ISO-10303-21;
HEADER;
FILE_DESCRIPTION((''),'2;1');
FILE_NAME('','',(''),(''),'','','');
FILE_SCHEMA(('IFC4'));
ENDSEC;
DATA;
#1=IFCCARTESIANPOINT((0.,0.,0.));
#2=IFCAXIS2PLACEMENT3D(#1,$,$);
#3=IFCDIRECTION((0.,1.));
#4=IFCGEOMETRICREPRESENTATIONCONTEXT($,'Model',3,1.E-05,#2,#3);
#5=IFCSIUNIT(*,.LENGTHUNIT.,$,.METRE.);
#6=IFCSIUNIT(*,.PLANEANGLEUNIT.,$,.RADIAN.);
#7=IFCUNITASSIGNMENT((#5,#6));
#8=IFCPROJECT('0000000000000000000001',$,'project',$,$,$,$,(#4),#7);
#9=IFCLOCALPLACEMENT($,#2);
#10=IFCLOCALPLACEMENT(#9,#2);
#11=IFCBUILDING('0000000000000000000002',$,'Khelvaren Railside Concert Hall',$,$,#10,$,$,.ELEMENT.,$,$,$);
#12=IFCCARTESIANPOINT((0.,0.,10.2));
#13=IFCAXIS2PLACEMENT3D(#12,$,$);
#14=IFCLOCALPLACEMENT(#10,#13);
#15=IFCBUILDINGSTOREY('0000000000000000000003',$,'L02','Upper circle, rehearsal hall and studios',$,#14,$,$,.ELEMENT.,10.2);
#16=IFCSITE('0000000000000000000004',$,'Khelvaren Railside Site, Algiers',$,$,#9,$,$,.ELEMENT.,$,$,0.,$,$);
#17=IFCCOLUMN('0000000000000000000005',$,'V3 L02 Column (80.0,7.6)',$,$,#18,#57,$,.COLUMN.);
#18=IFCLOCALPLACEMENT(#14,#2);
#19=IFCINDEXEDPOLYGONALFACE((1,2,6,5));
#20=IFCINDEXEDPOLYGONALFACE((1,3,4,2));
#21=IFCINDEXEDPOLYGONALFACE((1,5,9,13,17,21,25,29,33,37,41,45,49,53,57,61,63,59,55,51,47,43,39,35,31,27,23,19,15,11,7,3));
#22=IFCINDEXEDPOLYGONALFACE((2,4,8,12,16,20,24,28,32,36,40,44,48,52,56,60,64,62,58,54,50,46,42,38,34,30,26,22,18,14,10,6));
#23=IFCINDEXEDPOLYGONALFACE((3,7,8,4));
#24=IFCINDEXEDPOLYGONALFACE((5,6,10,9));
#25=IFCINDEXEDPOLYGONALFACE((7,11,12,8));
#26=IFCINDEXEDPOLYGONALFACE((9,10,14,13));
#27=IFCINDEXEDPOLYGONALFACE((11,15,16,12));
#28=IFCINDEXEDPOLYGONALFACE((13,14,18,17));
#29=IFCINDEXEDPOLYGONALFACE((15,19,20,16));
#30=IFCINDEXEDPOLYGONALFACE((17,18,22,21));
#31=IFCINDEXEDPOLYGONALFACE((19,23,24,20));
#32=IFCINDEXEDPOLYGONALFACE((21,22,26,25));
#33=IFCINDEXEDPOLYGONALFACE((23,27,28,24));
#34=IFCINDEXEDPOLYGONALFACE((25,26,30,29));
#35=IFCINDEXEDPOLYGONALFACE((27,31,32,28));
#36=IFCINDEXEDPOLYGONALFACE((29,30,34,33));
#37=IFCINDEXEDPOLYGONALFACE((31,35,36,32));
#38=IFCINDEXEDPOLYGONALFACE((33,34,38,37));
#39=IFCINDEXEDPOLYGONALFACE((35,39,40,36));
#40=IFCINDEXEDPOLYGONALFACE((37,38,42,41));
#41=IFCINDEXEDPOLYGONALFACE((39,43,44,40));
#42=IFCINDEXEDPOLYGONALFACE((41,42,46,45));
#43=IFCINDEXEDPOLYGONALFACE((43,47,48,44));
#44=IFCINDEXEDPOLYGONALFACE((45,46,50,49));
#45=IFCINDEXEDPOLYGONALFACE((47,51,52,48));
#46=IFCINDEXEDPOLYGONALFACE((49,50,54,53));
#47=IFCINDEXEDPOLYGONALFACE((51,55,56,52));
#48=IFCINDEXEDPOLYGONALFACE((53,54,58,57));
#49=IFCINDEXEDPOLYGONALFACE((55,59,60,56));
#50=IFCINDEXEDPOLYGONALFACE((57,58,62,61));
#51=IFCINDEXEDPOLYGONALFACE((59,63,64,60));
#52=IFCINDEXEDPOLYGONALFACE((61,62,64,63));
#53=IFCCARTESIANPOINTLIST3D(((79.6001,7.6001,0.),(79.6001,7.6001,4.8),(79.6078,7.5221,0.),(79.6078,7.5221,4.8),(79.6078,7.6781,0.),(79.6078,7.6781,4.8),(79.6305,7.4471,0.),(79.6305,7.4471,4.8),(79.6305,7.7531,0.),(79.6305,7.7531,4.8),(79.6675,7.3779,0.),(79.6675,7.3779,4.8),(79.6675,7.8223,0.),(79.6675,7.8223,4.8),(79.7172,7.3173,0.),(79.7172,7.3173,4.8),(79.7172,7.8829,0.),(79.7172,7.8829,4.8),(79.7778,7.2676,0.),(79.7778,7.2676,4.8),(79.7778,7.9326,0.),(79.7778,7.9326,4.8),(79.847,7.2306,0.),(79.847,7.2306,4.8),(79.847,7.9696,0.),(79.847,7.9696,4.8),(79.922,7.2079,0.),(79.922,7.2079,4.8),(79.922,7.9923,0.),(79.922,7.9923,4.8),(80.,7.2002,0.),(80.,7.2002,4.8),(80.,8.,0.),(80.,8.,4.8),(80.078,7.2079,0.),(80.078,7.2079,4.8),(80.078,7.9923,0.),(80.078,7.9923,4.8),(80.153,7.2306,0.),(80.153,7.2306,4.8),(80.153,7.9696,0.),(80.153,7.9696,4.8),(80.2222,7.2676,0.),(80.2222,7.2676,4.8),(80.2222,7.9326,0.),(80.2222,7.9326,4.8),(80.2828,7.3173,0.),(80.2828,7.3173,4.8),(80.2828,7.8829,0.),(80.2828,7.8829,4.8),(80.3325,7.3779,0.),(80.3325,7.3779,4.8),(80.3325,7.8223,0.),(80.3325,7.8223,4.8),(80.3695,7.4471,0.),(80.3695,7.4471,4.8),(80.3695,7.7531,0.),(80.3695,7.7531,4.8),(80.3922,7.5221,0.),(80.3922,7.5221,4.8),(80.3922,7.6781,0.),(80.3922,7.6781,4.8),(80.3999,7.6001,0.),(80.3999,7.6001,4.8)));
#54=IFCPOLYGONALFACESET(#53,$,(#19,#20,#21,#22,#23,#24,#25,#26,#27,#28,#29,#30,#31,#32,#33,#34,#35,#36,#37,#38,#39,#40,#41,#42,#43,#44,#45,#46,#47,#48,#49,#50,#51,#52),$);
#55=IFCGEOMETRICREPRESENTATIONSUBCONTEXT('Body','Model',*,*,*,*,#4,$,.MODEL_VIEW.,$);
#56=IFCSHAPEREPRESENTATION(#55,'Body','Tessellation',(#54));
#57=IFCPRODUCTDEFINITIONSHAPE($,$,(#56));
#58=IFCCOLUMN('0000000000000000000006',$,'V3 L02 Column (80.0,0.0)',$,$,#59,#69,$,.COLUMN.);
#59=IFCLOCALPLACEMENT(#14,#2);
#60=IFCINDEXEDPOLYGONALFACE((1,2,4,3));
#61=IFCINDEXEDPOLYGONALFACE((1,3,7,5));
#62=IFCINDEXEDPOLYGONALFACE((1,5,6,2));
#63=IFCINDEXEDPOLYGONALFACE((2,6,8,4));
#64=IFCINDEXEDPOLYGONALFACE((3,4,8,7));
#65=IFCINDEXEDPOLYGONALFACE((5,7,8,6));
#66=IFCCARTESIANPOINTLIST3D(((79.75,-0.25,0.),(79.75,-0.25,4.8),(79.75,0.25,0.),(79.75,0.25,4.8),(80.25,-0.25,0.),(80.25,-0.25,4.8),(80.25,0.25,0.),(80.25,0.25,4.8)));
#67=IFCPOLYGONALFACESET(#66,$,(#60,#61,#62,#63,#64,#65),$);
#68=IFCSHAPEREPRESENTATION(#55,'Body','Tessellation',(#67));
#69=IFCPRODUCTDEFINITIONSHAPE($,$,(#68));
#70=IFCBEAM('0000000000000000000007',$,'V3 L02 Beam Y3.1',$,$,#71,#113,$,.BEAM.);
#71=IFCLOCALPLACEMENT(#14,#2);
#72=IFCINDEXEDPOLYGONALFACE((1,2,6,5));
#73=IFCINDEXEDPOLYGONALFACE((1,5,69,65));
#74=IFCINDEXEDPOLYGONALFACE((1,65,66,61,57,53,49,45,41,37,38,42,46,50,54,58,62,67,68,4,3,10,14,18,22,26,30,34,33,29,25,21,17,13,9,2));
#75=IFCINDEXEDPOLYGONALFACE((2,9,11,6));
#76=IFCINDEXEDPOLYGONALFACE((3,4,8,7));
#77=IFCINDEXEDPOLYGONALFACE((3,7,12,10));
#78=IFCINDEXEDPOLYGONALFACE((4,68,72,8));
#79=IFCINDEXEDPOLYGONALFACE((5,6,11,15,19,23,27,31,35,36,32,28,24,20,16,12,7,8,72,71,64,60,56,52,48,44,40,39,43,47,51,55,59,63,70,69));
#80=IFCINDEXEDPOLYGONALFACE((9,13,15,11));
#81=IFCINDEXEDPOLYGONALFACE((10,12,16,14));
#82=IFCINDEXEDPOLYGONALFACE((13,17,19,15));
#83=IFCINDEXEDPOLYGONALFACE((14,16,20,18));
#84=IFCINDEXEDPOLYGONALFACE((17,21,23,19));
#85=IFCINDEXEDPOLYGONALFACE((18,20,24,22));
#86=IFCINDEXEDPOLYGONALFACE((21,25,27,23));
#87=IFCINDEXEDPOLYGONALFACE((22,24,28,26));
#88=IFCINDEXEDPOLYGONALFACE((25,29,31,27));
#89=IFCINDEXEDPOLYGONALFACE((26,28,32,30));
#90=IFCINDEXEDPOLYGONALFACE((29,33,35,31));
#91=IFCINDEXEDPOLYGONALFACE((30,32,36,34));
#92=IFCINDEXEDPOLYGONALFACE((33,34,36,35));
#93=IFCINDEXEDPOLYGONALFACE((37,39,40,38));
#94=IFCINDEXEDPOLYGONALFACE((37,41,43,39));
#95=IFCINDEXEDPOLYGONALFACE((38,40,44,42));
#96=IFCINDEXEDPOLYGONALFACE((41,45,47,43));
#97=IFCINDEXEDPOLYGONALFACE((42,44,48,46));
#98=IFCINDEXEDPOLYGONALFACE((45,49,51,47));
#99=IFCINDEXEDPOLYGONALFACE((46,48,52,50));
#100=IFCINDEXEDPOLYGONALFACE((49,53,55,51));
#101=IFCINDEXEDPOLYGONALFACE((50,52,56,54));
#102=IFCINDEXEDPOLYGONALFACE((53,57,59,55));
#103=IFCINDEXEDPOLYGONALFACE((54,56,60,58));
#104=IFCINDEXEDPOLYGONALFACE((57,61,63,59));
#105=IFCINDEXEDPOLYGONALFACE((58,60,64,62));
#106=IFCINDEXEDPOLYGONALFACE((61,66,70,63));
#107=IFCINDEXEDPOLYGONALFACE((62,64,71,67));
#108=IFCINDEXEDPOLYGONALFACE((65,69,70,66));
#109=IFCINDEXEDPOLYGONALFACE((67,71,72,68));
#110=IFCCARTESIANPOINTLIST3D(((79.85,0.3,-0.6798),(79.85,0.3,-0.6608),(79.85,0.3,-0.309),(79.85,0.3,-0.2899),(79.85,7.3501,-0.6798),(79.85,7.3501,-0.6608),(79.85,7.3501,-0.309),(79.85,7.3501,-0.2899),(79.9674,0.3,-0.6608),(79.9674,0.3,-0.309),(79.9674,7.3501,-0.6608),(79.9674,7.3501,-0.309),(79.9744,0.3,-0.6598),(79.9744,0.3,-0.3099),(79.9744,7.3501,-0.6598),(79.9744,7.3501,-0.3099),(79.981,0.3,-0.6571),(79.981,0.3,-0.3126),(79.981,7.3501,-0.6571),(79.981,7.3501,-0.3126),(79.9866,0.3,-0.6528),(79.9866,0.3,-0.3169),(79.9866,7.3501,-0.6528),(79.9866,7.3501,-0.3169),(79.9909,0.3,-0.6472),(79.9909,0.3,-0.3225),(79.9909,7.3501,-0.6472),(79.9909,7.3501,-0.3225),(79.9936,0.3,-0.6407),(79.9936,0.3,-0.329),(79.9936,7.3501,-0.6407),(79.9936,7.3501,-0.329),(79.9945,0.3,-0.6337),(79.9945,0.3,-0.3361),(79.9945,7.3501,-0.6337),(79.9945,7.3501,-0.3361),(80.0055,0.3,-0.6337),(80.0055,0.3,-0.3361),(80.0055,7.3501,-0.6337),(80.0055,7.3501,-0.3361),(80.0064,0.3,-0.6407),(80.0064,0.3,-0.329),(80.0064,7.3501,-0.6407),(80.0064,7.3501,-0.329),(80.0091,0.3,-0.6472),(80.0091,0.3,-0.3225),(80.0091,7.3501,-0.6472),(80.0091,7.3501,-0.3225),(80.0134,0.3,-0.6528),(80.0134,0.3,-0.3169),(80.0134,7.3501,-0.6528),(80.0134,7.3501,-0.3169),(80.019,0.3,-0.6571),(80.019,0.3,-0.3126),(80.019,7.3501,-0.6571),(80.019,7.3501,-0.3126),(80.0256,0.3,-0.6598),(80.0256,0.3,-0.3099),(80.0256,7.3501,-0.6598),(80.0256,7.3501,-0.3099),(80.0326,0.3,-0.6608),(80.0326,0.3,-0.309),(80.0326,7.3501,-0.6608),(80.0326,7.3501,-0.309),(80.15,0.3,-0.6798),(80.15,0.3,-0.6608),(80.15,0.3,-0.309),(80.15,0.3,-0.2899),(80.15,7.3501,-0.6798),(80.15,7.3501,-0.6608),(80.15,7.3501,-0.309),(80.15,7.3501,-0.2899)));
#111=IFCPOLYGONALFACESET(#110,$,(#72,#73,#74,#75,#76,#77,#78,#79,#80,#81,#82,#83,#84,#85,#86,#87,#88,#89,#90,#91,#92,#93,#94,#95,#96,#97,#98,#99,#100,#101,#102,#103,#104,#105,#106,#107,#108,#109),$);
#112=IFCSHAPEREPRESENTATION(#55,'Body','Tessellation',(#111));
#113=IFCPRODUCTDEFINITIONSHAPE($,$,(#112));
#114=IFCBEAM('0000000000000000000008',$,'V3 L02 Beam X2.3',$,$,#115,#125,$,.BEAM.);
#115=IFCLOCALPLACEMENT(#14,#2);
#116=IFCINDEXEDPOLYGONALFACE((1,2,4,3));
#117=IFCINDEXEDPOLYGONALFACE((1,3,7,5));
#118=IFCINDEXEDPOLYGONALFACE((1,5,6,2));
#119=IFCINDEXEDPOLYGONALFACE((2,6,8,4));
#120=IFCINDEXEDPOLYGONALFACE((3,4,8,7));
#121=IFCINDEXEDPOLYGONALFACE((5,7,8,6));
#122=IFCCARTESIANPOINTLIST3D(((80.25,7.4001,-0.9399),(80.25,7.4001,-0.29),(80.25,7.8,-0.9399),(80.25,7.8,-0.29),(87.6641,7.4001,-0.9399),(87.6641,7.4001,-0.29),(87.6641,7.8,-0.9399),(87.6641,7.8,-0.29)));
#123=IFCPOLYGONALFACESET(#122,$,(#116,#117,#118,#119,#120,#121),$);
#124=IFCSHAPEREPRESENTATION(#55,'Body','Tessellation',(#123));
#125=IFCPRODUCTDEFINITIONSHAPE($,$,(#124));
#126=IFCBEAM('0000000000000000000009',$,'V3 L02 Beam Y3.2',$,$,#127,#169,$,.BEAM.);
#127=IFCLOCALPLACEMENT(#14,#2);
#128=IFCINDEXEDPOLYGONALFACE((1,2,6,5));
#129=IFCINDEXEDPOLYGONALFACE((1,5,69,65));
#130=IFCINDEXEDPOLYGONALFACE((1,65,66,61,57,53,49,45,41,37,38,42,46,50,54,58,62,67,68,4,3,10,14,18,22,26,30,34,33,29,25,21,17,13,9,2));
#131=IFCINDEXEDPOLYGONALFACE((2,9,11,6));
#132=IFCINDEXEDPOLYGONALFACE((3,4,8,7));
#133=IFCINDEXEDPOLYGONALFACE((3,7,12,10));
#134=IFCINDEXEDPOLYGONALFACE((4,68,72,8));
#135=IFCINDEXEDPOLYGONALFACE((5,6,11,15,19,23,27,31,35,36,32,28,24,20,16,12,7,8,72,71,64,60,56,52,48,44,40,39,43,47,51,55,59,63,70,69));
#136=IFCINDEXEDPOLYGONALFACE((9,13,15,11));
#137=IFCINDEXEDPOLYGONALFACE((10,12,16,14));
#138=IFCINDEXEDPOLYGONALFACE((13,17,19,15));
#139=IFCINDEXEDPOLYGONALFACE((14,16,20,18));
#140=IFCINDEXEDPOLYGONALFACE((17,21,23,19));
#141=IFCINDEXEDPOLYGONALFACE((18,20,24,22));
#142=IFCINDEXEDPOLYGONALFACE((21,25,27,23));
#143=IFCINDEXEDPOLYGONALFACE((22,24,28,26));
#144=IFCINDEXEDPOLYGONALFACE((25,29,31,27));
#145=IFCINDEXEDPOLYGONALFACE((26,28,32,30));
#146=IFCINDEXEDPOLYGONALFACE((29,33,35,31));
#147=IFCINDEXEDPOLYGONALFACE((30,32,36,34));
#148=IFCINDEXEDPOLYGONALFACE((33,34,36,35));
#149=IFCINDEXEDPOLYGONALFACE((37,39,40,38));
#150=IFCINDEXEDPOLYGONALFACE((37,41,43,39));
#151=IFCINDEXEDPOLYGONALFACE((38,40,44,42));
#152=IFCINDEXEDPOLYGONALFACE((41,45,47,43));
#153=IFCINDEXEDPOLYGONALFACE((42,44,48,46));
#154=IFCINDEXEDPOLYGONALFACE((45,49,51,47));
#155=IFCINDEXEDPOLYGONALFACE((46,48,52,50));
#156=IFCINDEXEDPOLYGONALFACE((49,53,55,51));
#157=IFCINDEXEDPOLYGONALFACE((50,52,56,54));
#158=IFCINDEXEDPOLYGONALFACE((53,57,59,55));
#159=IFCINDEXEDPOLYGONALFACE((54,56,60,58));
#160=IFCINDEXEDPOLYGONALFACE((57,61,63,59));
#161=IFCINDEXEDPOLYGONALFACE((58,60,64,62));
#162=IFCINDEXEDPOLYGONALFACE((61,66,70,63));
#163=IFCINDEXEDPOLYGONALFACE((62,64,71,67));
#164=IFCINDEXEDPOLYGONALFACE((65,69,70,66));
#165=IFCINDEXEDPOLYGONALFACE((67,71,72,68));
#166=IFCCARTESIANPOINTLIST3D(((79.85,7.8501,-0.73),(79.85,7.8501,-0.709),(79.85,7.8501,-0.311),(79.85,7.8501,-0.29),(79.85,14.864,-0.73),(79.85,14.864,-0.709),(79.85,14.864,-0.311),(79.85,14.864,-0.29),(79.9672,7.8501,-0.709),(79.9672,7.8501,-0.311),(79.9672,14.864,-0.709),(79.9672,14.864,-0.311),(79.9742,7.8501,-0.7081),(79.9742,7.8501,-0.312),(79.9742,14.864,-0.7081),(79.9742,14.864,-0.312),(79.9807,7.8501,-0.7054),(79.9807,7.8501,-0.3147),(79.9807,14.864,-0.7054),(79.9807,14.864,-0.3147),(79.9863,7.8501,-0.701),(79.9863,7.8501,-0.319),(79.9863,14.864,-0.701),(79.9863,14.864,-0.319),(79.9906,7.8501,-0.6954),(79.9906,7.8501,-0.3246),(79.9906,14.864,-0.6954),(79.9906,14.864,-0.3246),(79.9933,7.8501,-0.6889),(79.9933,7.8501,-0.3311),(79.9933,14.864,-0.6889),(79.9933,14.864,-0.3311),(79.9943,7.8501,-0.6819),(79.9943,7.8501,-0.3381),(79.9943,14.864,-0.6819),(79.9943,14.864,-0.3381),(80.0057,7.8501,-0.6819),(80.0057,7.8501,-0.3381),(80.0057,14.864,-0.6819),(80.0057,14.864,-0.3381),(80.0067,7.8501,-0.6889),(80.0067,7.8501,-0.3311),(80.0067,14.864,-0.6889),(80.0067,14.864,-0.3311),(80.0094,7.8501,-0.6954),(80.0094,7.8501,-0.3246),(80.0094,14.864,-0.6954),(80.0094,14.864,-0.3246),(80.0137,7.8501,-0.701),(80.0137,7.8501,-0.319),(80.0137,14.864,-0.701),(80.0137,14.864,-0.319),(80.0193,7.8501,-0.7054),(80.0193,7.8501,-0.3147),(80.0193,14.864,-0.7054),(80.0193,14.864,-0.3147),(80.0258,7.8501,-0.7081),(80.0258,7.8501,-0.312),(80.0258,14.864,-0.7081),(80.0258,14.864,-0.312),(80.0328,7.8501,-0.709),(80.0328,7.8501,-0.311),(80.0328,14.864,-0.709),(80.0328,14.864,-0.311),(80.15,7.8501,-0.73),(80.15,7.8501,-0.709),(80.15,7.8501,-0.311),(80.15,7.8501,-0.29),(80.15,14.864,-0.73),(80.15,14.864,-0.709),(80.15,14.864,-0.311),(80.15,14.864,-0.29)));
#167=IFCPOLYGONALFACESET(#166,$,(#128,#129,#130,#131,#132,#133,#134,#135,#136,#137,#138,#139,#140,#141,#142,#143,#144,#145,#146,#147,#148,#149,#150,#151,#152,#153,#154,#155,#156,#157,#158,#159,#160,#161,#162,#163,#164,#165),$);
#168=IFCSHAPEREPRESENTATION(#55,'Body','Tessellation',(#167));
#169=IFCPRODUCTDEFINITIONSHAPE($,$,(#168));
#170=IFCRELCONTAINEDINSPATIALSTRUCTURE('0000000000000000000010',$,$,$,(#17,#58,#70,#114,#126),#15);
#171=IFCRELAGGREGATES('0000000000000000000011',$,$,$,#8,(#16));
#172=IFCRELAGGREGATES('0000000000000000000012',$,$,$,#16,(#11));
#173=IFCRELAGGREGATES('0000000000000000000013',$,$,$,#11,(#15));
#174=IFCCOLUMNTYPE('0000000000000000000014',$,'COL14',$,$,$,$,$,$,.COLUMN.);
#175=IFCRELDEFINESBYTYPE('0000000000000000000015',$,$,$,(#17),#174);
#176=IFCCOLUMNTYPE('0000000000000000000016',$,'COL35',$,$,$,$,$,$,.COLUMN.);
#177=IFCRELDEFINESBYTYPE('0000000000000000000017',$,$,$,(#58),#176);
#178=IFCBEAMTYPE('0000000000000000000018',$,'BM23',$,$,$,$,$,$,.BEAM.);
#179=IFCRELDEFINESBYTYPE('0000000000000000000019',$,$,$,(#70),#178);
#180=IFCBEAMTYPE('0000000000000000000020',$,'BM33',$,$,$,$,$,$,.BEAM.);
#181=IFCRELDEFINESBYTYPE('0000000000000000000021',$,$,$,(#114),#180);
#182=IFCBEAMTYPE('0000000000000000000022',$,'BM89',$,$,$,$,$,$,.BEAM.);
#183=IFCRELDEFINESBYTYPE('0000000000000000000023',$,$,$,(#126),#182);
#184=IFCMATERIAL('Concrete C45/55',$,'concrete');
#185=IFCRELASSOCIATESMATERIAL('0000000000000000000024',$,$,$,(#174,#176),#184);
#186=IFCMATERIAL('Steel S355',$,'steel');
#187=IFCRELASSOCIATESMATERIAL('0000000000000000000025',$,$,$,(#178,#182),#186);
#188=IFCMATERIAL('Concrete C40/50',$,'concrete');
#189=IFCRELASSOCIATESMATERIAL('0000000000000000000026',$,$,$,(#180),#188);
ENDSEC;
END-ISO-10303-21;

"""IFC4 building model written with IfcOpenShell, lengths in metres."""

from ifc_helpers import new_model, si_unit, direction, frame, origin, origin_2d, place, context, subcontext, project, spatial, rectangle, circle, i_section, extrude, material, material_profile, profile_set, type_object, element, save


model = new_model("IFC4")

# Units and contexts
model_context = context("Model", 3, precision=1e-05, world=origin(), true_north=direction((0.0, 1.0)))
body_context = subcontext(model_context, "Body", "Model", "MODEL_VIEW")
ifc_project = project(units=[si_unit("LENGTHUNIT", "METRE"), si_unit("PLANEANGLEUNIT", "RADIAN")], contexts=[model_context])

# Site, building, storey
site_placement = place(None, origin())
site = spatial("IfcSite", under=ifc_project, at=site_placement, Name="Khelvaren Railside Site, Algiers", CompositionType="ELEMENT", RefElevation=0.0)
building_placement = place(site_placement, origin())
building = spatial("IfcBuilding", under=site, at=building_placement, Name="Khelvaren Railside Concert Hall", CompositionType="ELEMENT")
storey_placement = place(building_placement, frame((0.0, 0.0, 10.2)))
storey = spatial("IfcBuildingStorey", under=building, at=storey_placement, Name="L02", Description="Upper circle, rehearsal hall and studios", CompositionType="ELEMENT", Elevation=10.2)

# Columns
ifc_material_1 = material(Name="Concrete C45/55", Category="concrete")
ifc_material_profile_1 = material_profile(ifc_material_1, circle(Radius=0.3999, at=origin_2d()), Name="RC D800")
ifc_profile_set_1 = profile_set([ifc_material_profile_1], Name="Concrete C45/55")
column_type_1 = type_object("IfcColumnType", Name="COL14", PredefinedType="COLUMN", material=ifc_profile_set_1)
column_1_placement = place(storey_placement, frame((80.0, 7.6001, 0.0), z_axis=(0.0, 0.0, 1.0), x_axis=(1.0, 0.0, 0.0)))
element("IfcColumn", 1, at=column_1_placement, inside=storey, type_object=column_type_1, Name="V3 L02 Column (80.0,7.6)", PredefinedType="COLUMN", context=body_context, shape_type="SweptSolid", body=[
    extrude(circle(Radius=0.3999, at=origin_2d()), origin(), (0.0, 0.0, 1.0), 4.8),
])
ifc_material_profile_2 = material_profile(ifc_material_1, rectangle(XDim=0.5, YDim=0.5, at=origin_2d()), Name="RC 500x500")
ifc_profile_set_2 = profile_set([ifc_material_profile_2], Name="Concrete C45/55")
column_type_2 = type_object("IfcColumnType", Name="COL35", PredefinedType="COLUMN", material=ifc_profile_set_2)
column_2_placement = place(storey_placement, frame((80.0, 0.0, 0.0), z_axis=(0.0, 0.0, 1.0), x_axis=(1.0, 0.0, 0.0)))
element("IfcColumn", 2, at=column_2_placement, inside=storey, type_object=column_type_2, Name="V3 L02 Column (80.0,0.0)", PredefinedType="COLUMN", context=body_context, shape_type="SweptSolid", body=[
    extrude(rectangle(XDim=0.5, YDim=0.5, at=origin_2d()), origin(), (0.0, 0.0, 1.0), 4.8),
])

# Beams
ifc_material_2 = material(Name="Steel S355", Category="steel")
ifc_material_profile_3 = material_profile(ifc_material_2, i_section(OverallWidth=0.3, OverallDepth=0.3899, WebThickness=0.011, FlangeThickness=0.019, FilletRadius=0.0271, at=origin_2d()), Name="HEA 400")
ifc_profile_set_3 = profile_set([ifc_material_profile_3], Name="Steel S355")
beam_type_1 = type_object("IfcBeamType", Name="BM23", PredefinedType="BEAM", material=ifc_profile_set_3)
beam_1_placement = place(storey_placement, frame((80.0, 0.3, -0.4849), z_axis=(0.0, 1.0, 0.0), x_axis=(-1.0, 0.0, 0.0)))
element("IfcBeam", 3, at=beam_1_placement, inside=storey, type_object=beam_type_1, Name="V3 L02 Beam Y3.1", PredefinedType="BEAM", context=body_context, shape_type="SweptSolid", body=[
    extrude(i_section(OverallWidth=0.3, OverallDepth=0.3899, WebThickness=0.011, FlangeThickness=0.019, FilletRadius=0.0271, at=origin_2d()), origin(), (0.0, 0.0, 1.0), 7.05),
])
ifc_material_3 = material(Name="Concrete C40/50", Category="concrete")
ifc_material_profile_4 = material_profile(ifc_material_3, rectangle(XDim=0.3999, YDim=0.6499, at=origin_2d()), Name="RCB 400x650")
ifc_profile_set_4 = profile_set([ifc_material_profile_4], Name="Concrete C40/50")
beam_type_2 = type_object("IfcBeamType", Name="BM33", PredefinedType="BEAM", material=ifc_profile_set_4)
beam_2_placement = place(storey_placement, frame((80.25, 7.6001, -0.615), z_axis=(1.0, 0.0, 0.0), x_axis=(0.0, 1.0, 0.0)))
element("IfcBeam", 4, at=beam_2_placement, inside=storey, type_object=beam_type_2, Name="V3 L02 Beam X2.3", PredefinedType="BEAM", context=body_context, shape_type="SweptSolid", body=[
    extrude(rectangle(XDim=0.3999, YDim=0.6499, at=origin_2d()), origin(), (0.0, 0.0, 1.0), 7.4141),
])
ifc_material_profile_5 = material_profile(ifc_material_2, i_section(OverallWidth=0.3, OverallDepth=0.4399, WebThickness=0.0115, FlangeThickness=0.021, FilletRadius=0.0271, at=origin_2d()), Name="HEA 450")
ifc_profile_set_5 = profile_set([ifc_material_profile_5], Name="Steel S355")
beam_type_3 = type_object("IfcBeamType", Name="BM89", PredefinedType="BEAM", material=ifc_profile_set_5)
beam_3_placement = place(storey_placement, frame((80.0, 7.8501, -0.51), z_axis=(0.0, 1.0, 0.0), x_axis=(-1.0, 0.0, 0.0)))
element("IfcBeam", 5, at=beam_3_placement, inside=storey, type_object=beam_type_3, Name="V3 L02 Beam Y3.2", PredefinedType="BEAM", context=body_context, shape_type="SweptSolid", body=[
    extrude(i_section(OverallWidth=0.3, OverallDepth=0.4399, WebThickness=0.0115, FlangeThickness=0.021, FilletRadius=0.0271, at=origin_2d()), origin(), (0.0, 0.0, 1.0), 7.0139),
])

save(model, "model.ifc")
